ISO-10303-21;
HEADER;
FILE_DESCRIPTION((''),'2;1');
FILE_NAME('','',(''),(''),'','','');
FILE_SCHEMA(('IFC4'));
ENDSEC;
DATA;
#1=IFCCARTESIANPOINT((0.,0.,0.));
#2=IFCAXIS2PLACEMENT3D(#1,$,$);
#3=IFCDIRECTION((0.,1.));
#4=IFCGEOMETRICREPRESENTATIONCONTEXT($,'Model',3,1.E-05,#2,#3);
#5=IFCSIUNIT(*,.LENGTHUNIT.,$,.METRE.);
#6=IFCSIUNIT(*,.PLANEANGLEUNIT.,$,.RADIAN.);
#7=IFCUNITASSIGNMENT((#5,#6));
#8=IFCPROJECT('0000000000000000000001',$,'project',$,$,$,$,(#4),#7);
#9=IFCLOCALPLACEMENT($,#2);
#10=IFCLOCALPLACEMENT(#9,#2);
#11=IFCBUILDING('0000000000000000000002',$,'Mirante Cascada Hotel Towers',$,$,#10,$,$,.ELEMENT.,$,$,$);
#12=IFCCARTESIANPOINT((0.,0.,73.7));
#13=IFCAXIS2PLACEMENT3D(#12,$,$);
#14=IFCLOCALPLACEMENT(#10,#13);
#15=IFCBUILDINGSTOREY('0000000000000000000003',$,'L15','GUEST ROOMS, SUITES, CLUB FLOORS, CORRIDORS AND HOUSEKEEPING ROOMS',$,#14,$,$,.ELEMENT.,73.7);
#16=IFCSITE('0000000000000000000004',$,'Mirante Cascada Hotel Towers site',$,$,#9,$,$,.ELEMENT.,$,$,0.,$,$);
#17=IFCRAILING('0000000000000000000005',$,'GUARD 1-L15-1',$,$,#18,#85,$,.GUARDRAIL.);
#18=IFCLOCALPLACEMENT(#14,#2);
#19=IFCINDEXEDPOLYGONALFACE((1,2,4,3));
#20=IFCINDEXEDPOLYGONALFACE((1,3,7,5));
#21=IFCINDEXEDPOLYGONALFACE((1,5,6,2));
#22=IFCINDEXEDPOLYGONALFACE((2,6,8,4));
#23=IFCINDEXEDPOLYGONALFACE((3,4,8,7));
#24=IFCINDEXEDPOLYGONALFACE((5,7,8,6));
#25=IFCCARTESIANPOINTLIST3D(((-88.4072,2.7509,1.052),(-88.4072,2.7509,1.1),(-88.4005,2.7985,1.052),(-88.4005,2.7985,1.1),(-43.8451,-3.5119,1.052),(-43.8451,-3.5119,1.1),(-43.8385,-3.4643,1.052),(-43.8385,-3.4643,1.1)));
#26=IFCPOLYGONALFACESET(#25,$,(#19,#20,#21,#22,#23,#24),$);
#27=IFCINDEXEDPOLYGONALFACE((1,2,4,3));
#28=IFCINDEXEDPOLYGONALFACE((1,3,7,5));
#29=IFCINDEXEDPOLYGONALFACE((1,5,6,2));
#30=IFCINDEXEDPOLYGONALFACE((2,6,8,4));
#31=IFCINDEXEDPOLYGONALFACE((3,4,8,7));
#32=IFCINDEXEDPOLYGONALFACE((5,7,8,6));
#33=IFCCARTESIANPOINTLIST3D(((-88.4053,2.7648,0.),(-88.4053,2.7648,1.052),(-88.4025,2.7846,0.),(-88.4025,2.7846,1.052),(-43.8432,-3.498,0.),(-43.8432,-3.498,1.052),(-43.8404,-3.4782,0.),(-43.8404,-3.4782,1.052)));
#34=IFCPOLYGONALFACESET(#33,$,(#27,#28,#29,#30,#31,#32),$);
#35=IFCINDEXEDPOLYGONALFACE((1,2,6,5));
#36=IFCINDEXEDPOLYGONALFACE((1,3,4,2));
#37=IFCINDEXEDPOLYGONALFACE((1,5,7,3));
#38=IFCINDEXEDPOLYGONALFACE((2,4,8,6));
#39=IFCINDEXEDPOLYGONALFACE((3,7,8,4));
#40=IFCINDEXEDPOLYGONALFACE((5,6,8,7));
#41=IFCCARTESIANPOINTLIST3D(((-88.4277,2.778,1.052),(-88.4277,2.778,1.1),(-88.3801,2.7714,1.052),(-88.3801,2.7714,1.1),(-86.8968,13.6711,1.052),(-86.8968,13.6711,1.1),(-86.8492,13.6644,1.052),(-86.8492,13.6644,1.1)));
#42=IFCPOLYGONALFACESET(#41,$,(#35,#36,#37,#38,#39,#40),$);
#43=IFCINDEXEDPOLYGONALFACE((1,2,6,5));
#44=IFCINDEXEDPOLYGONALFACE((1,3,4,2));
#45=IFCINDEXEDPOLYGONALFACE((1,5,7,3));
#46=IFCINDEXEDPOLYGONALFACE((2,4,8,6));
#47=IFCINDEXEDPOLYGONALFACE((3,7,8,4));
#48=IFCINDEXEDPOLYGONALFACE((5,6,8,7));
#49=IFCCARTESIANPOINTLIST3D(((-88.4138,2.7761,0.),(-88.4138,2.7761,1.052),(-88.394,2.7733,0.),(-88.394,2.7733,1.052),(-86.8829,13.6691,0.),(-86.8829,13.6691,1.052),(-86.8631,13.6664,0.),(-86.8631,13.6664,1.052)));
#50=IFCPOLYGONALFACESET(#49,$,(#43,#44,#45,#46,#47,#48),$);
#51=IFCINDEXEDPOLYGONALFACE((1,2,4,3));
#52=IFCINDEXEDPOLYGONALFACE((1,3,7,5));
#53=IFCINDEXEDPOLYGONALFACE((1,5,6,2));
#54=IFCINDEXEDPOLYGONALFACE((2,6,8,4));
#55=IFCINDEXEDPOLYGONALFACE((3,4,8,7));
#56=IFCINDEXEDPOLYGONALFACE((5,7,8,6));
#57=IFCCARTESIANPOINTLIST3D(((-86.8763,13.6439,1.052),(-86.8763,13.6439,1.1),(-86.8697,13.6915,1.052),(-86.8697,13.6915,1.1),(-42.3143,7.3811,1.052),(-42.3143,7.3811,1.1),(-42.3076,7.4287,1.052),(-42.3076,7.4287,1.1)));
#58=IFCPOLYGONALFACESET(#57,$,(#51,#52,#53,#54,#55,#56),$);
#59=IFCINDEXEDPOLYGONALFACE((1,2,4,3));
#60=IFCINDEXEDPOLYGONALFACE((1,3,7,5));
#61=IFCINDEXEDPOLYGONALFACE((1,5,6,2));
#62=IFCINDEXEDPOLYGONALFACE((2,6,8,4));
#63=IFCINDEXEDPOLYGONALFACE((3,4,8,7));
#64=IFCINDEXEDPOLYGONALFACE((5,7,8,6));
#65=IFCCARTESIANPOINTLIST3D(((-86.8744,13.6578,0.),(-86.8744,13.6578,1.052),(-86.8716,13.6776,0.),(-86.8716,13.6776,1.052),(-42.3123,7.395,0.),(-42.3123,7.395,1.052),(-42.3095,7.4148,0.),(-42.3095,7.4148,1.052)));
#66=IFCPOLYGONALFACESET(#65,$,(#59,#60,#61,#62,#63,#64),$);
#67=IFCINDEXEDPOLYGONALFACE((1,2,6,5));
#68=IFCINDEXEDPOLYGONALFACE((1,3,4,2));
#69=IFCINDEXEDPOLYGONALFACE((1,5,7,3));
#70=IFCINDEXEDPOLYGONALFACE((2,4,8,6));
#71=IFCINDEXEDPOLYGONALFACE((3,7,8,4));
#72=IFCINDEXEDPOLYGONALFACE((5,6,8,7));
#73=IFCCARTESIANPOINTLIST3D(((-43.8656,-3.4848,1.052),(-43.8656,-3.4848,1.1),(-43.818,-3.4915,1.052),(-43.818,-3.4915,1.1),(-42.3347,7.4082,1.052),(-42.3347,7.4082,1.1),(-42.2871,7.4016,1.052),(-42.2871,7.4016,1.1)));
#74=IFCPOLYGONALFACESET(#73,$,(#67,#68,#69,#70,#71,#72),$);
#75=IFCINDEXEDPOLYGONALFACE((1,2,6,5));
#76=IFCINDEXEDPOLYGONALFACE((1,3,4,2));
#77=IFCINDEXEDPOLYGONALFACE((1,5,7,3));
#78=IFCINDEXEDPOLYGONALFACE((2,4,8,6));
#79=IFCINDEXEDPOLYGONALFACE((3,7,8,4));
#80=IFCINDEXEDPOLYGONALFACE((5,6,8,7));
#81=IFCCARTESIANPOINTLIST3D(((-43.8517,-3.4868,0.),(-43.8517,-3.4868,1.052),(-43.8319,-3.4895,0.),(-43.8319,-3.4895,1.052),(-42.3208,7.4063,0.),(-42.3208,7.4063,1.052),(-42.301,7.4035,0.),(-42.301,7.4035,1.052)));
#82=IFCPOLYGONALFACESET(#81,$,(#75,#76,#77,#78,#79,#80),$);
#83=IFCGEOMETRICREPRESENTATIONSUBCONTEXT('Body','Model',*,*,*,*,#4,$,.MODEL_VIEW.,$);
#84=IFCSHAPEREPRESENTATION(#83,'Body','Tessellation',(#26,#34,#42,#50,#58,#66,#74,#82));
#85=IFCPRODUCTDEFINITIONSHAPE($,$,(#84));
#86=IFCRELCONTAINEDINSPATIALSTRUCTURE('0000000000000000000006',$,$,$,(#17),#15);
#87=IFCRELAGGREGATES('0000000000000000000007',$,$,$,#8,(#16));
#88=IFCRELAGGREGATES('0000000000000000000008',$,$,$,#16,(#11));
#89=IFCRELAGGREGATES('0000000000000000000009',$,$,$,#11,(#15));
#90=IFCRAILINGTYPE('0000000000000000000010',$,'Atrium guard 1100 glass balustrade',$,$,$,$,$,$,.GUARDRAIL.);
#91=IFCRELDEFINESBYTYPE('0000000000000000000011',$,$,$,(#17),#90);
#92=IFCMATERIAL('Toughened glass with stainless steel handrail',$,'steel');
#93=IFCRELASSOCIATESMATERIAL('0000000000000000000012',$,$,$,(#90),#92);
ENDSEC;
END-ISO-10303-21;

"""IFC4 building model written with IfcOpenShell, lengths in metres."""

from ifc_helpers import new_model, si_unit, direction, frame, origin, origin_2d, place, context, subcontext, project, spatial, rectangle, extrude, material, type_object, element, save


model = new_model("IFC4")

# Units and contexts
model_context = context("Model", 3, precision=1e-05, world=origin(), true_north=direction((0.0, 1.0)))
body_context = subcontext(model_context, "Body", "Model", "MODEL_VIEW")
ifc_project = project(units=[si_unit("LENGTHUNIT", "METRE"), si_unit("PLANEANGLEUNIT", "RADIAN")], contexts=[model_context])

# Site, building, storey
site_placement = place(None, origin())
site = spatial("IfcSite", under=ifc_project, at=site_placement, Name="Mirante Cascada Hotel Towers site", CompositionType="ELEMENT", RefElevation=0.0)
building_placement = place(site_placement, origin())
building = spatial("IfcBuilding", under=site, at=building_placement, Name="Mirante Cascada Hotel Towers", CompositionType="ELEMENT")
storey_placement = place(building_placement, frame((0.0, 0.0, 73.7)))
storey = spatial("IfcBuildingStorey", under=building, at=storey_placement, Name="L15", Description="GUEST ROOMS, SUITES, CLUB FLOORS, CORRIDORS AND HOUSEKEEPING ROOMS", CompositionType="ELEMENT", Elevation=73.7)

# Railing
ifc_material_1 = material(Name="Toughened glass with stainless steel handrail", Category="steel")
railing_type = type_object("IfcRailingType", Name="Atrium guard 1100 glass balustrade", PredefinedType="GUARDRAIL", material=ifc_material_1)
railing_placement = place(storey_placement, frame((-43.8418, -3.4881, 0.0)))
element("IfcRailing", 1, at=railing_placement, inside=storey, type_object=railing_type, Name="GUARD 1-L15-1", PredefinedType="GUARDRAIL", context=body_context, shape_type="SweptSolid", body=[
    extrude(rectangle(XDim=0.048, YDim=0.048, at=origin_2d()), frame((0.0, 0.0, 1.076), z_axis=(-0.990268, 0.139173, 0.0), x_axis=(-0.139173, -0.990268, 0.0)), (0.0, 0.0, 1.0), 45.0),
    extrude(rectangle(XDim=0.02, YDim=1.052, at=origin_2d()), frame((0.0, 0.0, 0.526), z_axis=(-0.990268, 0.139173, 0.0), x_axis=(-0.139173, -0.990268, 0.0)), (0.0, 0.0, 1.0), 45.0),
    extrude(rectangle(XDim=0.048, YDim=0.048, at=origin_2d()), frame((-44.5621, 6.2628, 1.076), z_axis=(0.139172, 0.990268, 0.0), x_axis=(-0.990268, 0.139172, 0.0)), (0.0, 0.0, 1.0), 11.0001),
    extrude(rectangle(XDim=0.02, YDim=1.052, at=origin_2d()), frame((-44.5621, 6.2628, 0.526), z_axis=(0.139172, 0.990268, 0.0), x_axis=(-0.990268, 0.139172, 0.0)), (0.0, 0.0, 1.0), 11.0001),
    extrude(rectangle(XDim=0.048, YDim=0.048, at=origin_2d()), frame((-43.0312, 17.1558, 1.076), z_axis=(0.990268, -0.139173, 0.0), x_axis=(0.139173, 0.990268, 0.0)), (0.0, 0.0, 1.0), 45.0),
    extrude(rectangle(XDim=0.02, YDim=1.052, at=origin_2d()), frame((-43.0312, 17.1558, 0.526), z_axis=(0.990268, -0.139173, 0.0), x_axis=(0.139173, 0.990268, 0.0)), (0.0, 0.0, 1.0), 45.0),
    extrude(rectangle(XDim=0.048, YDim=0.048, at=origin_2d()), frame((1.5309, 10.893, 1.076), z_axis=(-0.139172, -0.990268, 0.0), x_axis=(0.990268, -0.139172, 0.0)), (0.0, 0.0, 1.0), 11.0001),
    extrude(rectangle(XDim=0.02, YDim=1.052, at=origin_2d()), frame((1.5309, 10.893, 0.526), z_axis=(-0.139172, -0.990268, 0.0), x_axis=(0.990268, -0.139172, 0.0)), (0.0, 0.0, 1.0), 11.0001),
])

save(model, "model.ifc")
